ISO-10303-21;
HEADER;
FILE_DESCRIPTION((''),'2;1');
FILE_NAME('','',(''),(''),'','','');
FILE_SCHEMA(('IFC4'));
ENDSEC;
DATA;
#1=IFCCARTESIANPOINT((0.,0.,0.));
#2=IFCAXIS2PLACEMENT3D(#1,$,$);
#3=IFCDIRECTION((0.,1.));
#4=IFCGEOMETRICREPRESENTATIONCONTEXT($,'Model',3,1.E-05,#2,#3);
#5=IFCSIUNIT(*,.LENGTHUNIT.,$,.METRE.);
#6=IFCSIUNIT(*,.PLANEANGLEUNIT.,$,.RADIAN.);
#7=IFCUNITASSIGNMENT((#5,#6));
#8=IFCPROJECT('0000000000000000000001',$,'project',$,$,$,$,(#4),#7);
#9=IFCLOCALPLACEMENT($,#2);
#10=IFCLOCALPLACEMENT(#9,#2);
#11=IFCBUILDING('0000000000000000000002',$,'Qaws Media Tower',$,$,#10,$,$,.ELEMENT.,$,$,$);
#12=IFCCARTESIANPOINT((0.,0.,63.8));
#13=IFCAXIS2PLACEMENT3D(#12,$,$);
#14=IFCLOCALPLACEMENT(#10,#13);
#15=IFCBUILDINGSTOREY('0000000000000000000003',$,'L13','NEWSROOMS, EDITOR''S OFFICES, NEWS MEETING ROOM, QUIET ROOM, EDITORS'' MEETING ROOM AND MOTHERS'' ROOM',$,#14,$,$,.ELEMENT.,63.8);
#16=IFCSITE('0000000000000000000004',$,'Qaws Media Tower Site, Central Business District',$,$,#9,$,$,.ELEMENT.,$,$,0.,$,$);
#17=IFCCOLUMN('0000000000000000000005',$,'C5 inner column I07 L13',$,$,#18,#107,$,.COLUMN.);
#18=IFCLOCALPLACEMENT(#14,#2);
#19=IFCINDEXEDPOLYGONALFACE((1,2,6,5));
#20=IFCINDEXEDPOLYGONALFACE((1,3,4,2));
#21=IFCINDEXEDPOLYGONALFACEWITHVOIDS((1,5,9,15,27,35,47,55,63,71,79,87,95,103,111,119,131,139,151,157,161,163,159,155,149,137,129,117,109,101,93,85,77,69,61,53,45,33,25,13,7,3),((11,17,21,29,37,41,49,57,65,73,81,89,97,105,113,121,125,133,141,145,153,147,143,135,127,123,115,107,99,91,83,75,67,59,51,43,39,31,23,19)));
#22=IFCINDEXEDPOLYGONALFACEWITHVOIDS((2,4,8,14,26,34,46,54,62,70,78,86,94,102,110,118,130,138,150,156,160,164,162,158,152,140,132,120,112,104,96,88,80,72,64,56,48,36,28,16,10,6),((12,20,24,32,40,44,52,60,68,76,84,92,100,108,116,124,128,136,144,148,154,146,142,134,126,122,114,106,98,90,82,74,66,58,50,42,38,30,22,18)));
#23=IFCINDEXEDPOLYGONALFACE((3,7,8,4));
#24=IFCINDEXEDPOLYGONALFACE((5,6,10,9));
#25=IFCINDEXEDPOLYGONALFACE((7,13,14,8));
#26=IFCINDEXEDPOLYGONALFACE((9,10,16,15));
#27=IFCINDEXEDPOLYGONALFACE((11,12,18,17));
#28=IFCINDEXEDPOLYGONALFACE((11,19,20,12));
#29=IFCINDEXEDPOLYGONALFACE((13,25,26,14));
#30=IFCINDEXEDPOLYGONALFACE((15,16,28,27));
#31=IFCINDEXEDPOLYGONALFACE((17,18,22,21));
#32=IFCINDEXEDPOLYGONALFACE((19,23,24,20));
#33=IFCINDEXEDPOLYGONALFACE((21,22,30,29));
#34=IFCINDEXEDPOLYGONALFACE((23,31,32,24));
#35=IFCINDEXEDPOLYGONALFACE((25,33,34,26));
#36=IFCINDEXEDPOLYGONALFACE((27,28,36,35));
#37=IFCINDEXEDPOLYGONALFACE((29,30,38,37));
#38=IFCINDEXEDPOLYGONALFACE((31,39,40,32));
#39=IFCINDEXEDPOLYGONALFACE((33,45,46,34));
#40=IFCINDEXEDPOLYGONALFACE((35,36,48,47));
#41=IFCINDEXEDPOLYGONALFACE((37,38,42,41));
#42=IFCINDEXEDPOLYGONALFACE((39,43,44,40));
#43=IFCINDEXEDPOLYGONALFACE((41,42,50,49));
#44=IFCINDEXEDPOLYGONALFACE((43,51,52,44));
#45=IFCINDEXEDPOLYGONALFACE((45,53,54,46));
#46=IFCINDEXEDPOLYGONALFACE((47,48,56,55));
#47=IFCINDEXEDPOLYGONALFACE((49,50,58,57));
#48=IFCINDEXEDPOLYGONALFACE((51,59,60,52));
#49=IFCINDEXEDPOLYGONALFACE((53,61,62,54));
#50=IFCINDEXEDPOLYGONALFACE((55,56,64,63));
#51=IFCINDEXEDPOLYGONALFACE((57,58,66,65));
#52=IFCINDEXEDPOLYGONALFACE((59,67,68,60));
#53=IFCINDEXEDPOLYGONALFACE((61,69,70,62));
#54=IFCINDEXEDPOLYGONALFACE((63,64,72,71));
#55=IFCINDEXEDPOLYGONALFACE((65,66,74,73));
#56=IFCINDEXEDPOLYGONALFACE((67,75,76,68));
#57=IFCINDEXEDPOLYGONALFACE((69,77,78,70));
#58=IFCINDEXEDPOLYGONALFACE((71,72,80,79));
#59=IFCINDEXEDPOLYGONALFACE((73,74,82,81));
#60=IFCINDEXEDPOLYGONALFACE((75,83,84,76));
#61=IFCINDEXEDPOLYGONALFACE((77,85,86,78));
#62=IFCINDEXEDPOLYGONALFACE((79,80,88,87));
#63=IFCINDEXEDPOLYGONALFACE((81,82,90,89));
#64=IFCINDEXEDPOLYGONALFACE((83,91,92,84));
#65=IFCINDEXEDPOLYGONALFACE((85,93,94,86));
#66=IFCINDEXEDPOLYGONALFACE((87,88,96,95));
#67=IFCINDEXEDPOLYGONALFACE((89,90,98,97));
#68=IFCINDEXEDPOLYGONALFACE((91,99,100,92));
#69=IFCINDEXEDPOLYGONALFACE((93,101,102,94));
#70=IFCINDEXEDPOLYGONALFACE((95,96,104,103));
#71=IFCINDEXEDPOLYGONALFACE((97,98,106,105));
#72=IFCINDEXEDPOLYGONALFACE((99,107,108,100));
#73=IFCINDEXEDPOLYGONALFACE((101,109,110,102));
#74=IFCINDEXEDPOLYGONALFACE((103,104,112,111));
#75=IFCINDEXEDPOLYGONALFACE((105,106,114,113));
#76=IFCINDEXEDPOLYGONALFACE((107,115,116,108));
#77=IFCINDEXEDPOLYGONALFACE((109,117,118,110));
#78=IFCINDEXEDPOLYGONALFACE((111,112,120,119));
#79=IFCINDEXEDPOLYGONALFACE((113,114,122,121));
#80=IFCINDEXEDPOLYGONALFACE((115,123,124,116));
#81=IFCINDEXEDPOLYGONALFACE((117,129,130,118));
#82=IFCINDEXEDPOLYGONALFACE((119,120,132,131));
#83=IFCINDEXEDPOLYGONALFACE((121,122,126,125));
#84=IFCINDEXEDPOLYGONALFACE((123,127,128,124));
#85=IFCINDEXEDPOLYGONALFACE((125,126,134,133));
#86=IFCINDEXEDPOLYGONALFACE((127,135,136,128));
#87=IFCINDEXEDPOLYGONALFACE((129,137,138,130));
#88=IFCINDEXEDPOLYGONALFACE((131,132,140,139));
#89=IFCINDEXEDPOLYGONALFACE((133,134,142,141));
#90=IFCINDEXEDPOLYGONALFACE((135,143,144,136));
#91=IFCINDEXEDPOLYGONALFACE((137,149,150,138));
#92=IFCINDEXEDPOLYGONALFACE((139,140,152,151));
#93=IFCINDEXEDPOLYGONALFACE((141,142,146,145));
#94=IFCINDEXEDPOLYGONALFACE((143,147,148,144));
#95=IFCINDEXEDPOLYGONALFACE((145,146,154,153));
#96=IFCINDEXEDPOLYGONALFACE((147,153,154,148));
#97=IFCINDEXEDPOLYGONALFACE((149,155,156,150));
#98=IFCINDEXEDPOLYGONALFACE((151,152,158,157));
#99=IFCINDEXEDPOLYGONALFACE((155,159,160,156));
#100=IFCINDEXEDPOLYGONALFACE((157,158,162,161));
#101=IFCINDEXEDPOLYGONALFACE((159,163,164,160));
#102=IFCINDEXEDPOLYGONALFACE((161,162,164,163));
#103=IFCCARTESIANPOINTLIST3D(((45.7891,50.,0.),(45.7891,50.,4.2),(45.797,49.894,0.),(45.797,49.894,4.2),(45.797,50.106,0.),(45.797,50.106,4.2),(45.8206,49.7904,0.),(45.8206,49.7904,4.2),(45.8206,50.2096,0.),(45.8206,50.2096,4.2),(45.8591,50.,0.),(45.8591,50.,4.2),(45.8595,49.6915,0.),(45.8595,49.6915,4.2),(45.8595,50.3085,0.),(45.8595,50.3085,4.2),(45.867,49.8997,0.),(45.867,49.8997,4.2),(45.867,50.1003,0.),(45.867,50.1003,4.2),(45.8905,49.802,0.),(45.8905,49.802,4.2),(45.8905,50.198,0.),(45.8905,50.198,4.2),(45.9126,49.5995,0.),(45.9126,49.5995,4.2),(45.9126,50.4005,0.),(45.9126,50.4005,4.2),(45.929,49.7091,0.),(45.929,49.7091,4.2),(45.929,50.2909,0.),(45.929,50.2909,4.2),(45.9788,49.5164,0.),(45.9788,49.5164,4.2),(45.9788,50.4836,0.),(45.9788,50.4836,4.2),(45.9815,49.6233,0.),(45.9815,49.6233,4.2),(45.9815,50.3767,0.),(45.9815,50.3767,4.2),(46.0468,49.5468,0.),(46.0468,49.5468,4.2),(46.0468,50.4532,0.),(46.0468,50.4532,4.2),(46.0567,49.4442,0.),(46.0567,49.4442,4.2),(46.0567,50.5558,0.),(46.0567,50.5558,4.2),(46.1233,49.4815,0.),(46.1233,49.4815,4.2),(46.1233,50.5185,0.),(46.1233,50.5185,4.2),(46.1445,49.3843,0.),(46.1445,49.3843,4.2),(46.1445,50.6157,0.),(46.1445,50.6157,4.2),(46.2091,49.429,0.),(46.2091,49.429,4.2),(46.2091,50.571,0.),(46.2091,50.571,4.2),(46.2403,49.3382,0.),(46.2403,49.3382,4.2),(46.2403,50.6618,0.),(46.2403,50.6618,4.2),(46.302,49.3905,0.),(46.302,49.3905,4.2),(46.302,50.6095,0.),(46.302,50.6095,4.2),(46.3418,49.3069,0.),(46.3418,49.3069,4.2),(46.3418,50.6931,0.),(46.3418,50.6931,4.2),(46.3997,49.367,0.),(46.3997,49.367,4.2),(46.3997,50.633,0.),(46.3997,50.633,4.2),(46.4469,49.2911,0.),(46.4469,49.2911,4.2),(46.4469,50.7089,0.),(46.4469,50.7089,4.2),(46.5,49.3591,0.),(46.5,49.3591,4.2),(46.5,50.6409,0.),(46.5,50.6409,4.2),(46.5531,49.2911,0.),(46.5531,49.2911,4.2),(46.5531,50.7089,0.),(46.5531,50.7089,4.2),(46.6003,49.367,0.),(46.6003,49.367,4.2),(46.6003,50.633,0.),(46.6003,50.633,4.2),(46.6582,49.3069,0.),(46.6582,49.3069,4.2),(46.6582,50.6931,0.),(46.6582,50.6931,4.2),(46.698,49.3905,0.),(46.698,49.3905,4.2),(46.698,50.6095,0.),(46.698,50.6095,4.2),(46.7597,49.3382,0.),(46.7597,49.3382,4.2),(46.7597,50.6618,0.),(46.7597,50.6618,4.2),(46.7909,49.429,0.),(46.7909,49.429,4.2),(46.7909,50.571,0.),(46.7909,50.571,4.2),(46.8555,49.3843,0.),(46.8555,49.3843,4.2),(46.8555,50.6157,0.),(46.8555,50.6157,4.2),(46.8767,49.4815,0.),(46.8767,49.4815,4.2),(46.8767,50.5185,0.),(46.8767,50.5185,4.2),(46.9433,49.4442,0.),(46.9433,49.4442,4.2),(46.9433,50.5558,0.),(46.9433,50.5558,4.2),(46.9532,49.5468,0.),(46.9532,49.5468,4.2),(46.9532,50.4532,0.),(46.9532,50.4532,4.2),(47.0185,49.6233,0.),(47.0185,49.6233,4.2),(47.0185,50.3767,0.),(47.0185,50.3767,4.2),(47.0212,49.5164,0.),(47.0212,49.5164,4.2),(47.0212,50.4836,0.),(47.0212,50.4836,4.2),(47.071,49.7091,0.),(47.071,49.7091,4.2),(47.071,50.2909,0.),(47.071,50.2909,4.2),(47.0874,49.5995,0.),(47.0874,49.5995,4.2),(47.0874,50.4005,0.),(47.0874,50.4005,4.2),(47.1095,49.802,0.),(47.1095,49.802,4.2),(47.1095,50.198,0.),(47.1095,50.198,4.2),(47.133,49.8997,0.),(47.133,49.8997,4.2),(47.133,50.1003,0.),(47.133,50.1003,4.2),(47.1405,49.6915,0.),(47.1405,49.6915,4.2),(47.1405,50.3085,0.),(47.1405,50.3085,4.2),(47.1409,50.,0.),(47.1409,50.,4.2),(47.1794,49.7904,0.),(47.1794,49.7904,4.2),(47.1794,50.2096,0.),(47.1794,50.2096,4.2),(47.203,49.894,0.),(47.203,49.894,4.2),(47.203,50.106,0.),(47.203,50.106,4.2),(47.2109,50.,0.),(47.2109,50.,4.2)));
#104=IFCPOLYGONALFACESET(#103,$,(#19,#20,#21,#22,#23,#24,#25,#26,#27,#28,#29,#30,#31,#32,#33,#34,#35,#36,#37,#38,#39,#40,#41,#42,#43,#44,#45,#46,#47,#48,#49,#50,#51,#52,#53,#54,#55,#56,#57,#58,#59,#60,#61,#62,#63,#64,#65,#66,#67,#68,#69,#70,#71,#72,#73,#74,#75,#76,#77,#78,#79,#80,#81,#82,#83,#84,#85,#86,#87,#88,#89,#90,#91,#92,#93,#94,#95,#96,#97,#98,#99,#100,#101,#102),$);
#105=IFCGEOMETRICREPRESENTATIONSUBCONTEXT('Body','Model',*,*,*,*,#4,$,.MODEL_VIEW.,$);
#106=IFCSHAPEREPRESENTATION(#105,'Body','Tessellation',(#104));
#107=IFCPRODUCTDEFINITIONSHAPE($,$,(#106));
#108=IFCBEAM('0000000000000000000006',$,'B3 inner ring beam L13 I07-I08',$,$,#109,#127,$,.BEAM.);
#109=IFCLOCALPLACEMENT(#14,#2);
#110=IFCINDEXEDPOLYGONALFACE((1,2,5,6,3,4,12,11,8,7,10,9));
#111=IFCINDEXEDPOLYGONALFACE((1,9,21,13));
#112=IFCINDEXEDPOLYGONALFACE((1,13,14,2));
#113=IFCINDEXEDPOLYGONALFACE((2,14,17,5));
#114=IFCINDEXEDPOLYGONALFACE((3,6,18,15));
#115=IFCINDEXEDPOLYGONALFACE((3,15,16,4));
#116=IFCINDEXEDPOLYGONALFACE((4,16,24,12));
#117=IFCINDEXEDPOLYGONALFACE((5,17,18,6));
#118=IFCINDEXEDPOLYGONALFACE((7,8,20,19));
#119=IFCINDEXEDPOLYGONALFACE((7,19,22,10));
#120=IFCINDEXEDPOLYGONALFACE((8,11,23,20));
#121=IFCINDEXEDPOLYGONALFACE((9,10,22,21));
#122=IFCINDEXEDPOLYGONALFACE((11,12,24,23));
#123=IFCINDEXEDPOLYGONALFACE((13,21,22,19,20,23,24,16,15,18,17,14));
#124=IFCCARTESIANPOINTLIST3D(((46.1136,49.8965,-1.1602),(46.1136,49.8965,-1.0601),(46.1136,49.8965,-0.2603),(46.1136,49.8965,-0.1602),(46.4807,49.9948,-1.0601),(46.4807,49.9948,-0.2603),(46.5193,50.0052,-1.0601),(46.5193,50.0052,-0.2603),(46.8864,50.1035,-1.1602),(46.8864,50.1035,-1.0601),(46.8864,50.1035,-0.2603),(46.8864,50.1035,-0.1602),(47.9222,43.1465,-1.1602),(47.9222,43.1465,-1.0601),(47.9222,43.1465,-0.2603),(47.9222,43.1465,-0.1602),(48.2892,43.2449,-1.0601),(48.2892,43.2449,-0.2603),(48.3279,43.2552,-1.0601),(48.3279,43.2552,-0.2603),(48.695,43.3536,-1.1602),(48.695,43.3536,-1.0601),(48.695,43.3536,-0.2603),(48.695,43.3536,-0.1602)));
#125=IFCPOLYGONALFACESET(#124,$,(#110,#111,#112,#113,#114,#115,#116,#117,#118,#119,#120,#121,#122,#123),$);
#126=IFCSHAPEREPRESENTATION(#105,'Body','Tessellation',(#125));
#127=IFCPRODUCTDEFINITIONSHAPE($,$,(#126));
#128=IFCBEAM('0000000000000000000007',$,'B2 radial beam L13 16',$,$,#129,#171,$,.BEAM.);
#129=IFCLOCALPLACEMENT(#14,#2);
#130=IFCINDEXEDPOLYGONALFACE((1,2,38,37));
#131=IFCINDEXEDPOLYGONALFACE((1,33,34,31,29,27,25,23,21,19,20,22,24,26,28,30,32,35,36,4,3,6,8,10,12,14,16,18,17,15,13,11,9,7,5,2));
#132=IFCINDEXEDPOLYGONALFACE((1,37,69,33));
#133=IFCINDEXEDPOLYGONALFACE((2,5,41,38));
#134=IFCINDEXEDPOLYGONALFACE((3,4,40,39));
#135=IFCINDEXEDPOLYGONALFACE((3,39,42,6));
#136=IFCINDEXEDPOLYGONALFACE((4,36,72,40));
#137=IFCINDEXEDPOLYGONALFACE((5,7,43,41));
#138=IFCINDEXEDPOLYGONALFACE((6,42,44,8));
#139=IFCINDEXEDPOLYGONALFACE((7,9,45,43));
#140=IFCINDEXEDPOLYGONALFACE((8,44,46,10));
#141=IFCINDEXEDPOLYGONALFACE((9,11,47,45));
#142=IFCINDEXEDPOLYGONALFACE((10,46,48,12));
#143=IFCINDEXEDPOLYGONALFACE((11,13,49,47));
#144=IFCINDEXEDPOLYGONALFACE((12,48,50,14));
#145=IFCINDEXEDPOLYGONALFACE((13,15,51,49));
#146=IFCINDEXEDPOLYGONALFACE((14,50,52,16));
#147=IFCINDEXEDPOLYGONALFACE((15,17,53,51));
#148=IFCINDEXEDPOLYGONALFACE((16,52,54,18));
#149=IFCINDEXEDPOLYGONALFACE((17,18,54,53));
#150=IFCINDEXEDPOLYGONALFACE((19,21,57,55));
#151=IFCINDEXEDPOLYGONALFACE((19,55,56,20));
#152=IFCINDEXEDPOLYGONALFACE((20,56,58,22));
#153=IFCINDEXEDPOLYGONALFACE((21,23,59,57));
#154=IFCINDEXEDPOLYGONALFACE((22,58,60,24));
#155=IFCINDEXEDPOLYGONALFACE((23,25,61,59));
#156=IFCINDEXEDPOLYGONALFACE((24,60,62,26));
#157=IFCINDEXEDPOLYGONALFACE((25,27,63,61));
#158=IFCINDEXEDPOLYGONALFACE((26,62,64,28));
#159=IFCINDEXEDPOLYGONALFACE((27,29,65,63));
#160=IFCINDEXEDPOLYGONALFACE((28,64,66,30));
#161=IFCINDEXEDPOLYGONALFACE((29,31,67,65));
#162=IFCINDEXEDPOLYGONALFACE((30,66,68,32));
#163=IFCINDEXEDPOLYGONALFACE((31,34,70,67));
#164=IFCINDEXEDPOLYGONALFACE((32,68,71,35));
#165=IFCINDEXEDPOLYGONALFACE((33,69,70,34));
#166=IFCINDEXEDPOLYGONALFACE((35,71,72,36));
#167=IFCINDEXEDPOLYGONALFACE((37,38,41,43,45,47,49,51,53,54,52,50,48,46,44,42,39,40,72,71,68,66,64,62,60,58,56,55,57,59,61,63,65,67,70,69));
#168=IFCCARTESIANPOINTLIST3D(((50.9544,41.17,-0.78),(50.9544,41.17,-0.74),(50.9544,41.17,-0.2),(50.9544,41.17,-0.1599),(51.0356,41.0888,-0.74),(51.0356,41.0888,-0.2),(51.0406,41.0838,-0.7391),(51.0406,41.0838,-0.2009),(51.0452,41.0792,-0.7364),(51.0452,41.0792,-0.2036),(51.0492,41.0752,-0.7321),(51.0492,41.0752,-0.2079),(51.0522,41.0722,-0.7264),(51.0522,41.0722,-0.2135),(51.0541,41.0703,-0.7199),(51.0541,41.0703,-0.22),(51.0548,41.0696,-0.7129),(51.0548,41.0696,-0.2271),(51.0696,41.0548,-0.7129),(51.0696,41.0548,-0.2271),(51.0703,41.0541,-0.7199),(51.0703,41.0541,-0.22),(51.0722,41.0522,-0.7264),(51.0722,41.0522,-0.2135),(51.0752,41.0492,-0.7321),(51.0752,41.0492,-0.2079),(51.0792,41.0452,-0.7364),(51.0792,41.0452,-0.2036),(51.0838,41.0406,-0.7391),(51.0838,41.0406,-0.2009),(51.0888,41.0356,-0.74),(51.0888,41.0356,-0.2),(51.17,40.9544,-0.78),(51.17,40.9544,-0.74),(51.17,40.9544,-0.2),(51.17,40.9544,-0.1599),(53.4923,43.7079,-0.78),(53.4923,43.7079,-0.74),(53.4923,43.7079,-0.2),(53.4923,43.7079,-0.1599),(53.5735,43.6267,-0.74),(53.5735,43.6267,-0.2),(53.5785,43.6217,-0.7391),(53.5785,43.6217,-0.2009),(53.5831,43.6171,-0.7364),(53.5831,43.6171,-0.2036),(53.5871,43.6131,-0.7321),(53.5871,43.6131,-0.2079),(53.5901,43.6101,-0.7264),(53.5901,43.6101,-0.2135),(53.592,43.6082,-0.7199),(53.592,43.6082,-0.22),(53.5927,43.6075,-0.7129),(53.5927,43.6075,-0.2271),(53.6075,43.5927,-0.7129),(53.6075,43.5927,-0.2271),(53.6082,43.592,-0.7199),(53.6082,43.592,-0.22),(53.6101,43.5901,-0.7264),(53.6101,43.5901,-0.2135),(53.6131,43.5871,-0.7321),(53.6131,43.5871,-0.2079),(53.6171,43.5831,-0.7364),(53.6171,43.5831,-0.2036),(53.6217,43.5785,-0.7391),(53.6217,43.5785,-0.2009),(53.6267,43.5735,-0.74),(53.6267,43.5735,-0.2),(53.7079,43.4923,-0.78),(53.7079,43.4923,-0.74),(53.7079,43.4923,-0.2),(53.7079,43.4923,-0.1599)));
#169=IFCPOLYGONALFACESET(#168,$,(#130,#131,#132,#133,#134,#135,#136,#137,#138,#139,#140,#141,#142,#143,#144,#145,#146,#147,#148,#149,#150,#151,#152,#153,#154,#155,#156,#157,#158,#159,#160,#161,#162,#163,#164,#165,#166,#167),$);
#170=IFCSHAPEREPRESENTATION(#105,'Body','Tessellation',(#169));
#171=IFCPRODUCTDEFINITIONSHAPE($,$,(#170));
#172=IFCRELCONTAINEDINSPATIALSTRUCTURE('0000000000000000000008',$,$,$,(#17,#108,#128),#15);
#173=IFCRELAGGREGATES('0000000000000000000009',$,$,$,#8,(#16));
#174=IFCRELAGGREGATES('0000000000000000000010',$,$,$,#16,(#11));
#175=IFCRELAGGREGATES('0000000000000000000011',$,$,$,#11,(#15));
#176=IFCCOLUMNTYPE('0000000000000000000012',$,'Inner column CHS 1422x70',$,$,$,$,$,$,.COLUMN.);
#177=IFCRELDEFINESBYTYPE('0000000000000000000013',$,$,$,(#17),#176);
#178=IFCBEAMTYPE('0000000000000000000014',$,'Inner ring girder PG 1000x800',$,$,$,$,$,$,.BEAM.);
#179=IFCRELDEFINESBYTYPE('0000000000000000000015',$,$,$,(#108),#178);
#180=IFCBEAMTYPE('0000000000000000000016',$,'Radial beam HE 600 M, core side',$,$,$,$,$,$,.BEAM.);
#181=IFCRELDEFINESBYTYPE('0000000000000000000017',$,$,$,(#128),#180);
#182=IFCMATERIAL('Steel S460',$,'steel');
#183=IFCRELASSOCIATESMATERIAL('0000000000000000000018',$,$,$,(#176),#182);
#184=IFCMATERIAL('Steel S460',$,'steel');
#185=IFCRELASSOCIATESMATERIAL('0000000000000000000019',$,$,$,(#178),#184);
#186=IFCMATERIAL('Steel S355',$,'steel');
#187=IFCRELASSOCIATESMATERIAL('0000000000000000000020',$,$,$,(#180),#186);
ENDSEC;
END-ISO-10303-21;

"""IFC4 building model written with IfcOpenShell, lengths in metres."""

from ifc_helpers import new_model, si_unit, direction, frame, origin, origin_2d, place, context, subcontext, project, spatial, hollow_circle, i_section, extrude, material, material_profile, profile_set, type_object, element, save


model = new_model("IFC4")

# Units and contexts
model_context = context("Model", 3, precision=1e-05, world=origin(), true_north=direction((0.0, 1.0)))
body_context = subcontext(model_context, "Body", "Model", "MODEL_VIEW")
ifc_project = project(units=[si_unit("LENGTHUNIT", "METRE"), si_unit("PLANEANGLEUNIT", "RADIAN")], contexts=[model_context])

# Site, building, storey
site_placement = place(None, origin())
site = spatial("IfcSite", under=ifc_project, at=site_placement, Name="Qaws Media Tower Site, Central Business District", CompositionType="ELEMENT", RefElevation=0.0)
building_placement = place(site_placement, origin())
building = spatial("IfcBuilding", under=site, at=building_placement, Name="Qaws Media Tower", CompositionType="ELEMENT")
storey_placement = place(building_placement, frame((0.0, 0.0, 63.8)))
storey = spatial("IfcBuildingStorey", under=building, at=storey_placement, Name="L13", Description="NEWSROOMS, EDITOR'S OFFICES, NEWS MEETING ROOM, QUIET ROOM, EDITORS' MEETING ROOM AND MOTHERS' ROOM", CompositionType="ELEMENT", Elevation=63.8)

# Column
ifc_material_1 = material(Name="Steel S460", Category="steel")
ifc_material_profile_1 = material_profile(ifc_material_1, hollow_circle(Radius=0.7109, WallThickness=0.0701, at=origin_2d()), Name="CHS 1422x70")
ifc_profile_set_1 = profile_set([ifc_material_profile_1], Name="Steel S460")
column_type = type_object("IfcColumnType", Name="Inner column CHS 1422x70", PredefinedType="COLUMN", material=ifc_profile_set_1)
column_placement = place(storey_placement, frame((46.5, 50.0, 0.0), z_axis=(0.0, 0.0, 1.0), x_axis=(1.0, 0.0, 0.0)))
element("IfcColumn", 1, at=column_placement, inside=storey, type_object=column_type, Name="C5 inner column I07 L13", PredefinedType="COLUMN", context=body_context, shape_type="SweptSolid", body=[
    extrude(hollow_circle(Radius=0.7109, WallThickness=0.0701, at=origin_2d()), origin(), (0.0, 0.0, 1.0), 4.2),
])

# Beams
ifc_material_2 = material(Name="Steel S460", Category="steel")
ifc_material_profile_2 = material_profile(ifc_material_2, i_section(OverallWidth=0.8, OverallDepth=1.0, WebThickness=0.04, FlangeThickness=0.1001, at=origin_2d()), Name="PG 1000x800")
ifc_profile_set_2 = profile_set([ifc_material_profile_2], Name="Steel S460")
beam_type_1 = type_object("IfcBeamType", Name="Inner ring girder PG 1000x800", PredefinedType="BEAM", material=ifc_profile_set_2)
beam_1_placement = place(storey_placement, frame((46.5, 50.0, -0.6602), z_axis=(0.258811, -0.965928, 0.0), x_axis=(0.965928, 0.258811, 0.0)))
element("IfcBeam", 2, at=beam_1_placement, inside=storey, type_object=beam_type_1, Name="B3 inner ring beam L13 I07-I08", PredefinedType="BEAM", context=body_context, shape_type="SweptSolid", body=[
    extrude(i_section(OverallWidth=0.8, OverallDepth=1.0, WebThickness=0.04, FlangeThickness=0.1001, at=origin_2d()), origin(), (0.0, 0.0, 1.0), 6.988),
])
ifc_material_3 = material(Name="Steel S355", Category="steel")
ifc_material_profile_3 = material_profile(ifc_material_3, i_section(OverallWidth=0.3049, OverallDepth=0.6201, WebThickness=0.021, FlangeThickness=0.04, FilletRadius=0.0271, at=origin_2d()), Name="HE 600 M")
ifc_profile_set_3 = profile_set([ifc_material_profile_3], Name="Steel S355")
beam_type_2 = type_object("IfcBeamType", Name="Radial beam HE 600 M, core side", PredefinedType="BEAM", material=ifc_profile_set_3)
beam_2_placement = place(storey_placement, frame((53.6001, 43.6001, -0.47), z_axis=(-0.707107, -0.707107, 0.0), x_axis=(0.707107, -0.707107, 0.0)))
element("IfcBeam", 3, at=beam_2_placement, inside=storey, type_object=beam_type_2, Name="B2 radial beam L13 16", PredefinedType="BEAM", context=body_context, shape_type="SweptSolid", body=[
    extrude(i_section(OverallWidth=0.3049, OverallDepth=0.6201, WebThickness=0.021, FlangeThickness=0.04, FilletRadius=0.0271, at=origin_2d()), origin(), (0.0, 0.0, 1.0), 3.5891),
])

save(model, "model.ifc")
